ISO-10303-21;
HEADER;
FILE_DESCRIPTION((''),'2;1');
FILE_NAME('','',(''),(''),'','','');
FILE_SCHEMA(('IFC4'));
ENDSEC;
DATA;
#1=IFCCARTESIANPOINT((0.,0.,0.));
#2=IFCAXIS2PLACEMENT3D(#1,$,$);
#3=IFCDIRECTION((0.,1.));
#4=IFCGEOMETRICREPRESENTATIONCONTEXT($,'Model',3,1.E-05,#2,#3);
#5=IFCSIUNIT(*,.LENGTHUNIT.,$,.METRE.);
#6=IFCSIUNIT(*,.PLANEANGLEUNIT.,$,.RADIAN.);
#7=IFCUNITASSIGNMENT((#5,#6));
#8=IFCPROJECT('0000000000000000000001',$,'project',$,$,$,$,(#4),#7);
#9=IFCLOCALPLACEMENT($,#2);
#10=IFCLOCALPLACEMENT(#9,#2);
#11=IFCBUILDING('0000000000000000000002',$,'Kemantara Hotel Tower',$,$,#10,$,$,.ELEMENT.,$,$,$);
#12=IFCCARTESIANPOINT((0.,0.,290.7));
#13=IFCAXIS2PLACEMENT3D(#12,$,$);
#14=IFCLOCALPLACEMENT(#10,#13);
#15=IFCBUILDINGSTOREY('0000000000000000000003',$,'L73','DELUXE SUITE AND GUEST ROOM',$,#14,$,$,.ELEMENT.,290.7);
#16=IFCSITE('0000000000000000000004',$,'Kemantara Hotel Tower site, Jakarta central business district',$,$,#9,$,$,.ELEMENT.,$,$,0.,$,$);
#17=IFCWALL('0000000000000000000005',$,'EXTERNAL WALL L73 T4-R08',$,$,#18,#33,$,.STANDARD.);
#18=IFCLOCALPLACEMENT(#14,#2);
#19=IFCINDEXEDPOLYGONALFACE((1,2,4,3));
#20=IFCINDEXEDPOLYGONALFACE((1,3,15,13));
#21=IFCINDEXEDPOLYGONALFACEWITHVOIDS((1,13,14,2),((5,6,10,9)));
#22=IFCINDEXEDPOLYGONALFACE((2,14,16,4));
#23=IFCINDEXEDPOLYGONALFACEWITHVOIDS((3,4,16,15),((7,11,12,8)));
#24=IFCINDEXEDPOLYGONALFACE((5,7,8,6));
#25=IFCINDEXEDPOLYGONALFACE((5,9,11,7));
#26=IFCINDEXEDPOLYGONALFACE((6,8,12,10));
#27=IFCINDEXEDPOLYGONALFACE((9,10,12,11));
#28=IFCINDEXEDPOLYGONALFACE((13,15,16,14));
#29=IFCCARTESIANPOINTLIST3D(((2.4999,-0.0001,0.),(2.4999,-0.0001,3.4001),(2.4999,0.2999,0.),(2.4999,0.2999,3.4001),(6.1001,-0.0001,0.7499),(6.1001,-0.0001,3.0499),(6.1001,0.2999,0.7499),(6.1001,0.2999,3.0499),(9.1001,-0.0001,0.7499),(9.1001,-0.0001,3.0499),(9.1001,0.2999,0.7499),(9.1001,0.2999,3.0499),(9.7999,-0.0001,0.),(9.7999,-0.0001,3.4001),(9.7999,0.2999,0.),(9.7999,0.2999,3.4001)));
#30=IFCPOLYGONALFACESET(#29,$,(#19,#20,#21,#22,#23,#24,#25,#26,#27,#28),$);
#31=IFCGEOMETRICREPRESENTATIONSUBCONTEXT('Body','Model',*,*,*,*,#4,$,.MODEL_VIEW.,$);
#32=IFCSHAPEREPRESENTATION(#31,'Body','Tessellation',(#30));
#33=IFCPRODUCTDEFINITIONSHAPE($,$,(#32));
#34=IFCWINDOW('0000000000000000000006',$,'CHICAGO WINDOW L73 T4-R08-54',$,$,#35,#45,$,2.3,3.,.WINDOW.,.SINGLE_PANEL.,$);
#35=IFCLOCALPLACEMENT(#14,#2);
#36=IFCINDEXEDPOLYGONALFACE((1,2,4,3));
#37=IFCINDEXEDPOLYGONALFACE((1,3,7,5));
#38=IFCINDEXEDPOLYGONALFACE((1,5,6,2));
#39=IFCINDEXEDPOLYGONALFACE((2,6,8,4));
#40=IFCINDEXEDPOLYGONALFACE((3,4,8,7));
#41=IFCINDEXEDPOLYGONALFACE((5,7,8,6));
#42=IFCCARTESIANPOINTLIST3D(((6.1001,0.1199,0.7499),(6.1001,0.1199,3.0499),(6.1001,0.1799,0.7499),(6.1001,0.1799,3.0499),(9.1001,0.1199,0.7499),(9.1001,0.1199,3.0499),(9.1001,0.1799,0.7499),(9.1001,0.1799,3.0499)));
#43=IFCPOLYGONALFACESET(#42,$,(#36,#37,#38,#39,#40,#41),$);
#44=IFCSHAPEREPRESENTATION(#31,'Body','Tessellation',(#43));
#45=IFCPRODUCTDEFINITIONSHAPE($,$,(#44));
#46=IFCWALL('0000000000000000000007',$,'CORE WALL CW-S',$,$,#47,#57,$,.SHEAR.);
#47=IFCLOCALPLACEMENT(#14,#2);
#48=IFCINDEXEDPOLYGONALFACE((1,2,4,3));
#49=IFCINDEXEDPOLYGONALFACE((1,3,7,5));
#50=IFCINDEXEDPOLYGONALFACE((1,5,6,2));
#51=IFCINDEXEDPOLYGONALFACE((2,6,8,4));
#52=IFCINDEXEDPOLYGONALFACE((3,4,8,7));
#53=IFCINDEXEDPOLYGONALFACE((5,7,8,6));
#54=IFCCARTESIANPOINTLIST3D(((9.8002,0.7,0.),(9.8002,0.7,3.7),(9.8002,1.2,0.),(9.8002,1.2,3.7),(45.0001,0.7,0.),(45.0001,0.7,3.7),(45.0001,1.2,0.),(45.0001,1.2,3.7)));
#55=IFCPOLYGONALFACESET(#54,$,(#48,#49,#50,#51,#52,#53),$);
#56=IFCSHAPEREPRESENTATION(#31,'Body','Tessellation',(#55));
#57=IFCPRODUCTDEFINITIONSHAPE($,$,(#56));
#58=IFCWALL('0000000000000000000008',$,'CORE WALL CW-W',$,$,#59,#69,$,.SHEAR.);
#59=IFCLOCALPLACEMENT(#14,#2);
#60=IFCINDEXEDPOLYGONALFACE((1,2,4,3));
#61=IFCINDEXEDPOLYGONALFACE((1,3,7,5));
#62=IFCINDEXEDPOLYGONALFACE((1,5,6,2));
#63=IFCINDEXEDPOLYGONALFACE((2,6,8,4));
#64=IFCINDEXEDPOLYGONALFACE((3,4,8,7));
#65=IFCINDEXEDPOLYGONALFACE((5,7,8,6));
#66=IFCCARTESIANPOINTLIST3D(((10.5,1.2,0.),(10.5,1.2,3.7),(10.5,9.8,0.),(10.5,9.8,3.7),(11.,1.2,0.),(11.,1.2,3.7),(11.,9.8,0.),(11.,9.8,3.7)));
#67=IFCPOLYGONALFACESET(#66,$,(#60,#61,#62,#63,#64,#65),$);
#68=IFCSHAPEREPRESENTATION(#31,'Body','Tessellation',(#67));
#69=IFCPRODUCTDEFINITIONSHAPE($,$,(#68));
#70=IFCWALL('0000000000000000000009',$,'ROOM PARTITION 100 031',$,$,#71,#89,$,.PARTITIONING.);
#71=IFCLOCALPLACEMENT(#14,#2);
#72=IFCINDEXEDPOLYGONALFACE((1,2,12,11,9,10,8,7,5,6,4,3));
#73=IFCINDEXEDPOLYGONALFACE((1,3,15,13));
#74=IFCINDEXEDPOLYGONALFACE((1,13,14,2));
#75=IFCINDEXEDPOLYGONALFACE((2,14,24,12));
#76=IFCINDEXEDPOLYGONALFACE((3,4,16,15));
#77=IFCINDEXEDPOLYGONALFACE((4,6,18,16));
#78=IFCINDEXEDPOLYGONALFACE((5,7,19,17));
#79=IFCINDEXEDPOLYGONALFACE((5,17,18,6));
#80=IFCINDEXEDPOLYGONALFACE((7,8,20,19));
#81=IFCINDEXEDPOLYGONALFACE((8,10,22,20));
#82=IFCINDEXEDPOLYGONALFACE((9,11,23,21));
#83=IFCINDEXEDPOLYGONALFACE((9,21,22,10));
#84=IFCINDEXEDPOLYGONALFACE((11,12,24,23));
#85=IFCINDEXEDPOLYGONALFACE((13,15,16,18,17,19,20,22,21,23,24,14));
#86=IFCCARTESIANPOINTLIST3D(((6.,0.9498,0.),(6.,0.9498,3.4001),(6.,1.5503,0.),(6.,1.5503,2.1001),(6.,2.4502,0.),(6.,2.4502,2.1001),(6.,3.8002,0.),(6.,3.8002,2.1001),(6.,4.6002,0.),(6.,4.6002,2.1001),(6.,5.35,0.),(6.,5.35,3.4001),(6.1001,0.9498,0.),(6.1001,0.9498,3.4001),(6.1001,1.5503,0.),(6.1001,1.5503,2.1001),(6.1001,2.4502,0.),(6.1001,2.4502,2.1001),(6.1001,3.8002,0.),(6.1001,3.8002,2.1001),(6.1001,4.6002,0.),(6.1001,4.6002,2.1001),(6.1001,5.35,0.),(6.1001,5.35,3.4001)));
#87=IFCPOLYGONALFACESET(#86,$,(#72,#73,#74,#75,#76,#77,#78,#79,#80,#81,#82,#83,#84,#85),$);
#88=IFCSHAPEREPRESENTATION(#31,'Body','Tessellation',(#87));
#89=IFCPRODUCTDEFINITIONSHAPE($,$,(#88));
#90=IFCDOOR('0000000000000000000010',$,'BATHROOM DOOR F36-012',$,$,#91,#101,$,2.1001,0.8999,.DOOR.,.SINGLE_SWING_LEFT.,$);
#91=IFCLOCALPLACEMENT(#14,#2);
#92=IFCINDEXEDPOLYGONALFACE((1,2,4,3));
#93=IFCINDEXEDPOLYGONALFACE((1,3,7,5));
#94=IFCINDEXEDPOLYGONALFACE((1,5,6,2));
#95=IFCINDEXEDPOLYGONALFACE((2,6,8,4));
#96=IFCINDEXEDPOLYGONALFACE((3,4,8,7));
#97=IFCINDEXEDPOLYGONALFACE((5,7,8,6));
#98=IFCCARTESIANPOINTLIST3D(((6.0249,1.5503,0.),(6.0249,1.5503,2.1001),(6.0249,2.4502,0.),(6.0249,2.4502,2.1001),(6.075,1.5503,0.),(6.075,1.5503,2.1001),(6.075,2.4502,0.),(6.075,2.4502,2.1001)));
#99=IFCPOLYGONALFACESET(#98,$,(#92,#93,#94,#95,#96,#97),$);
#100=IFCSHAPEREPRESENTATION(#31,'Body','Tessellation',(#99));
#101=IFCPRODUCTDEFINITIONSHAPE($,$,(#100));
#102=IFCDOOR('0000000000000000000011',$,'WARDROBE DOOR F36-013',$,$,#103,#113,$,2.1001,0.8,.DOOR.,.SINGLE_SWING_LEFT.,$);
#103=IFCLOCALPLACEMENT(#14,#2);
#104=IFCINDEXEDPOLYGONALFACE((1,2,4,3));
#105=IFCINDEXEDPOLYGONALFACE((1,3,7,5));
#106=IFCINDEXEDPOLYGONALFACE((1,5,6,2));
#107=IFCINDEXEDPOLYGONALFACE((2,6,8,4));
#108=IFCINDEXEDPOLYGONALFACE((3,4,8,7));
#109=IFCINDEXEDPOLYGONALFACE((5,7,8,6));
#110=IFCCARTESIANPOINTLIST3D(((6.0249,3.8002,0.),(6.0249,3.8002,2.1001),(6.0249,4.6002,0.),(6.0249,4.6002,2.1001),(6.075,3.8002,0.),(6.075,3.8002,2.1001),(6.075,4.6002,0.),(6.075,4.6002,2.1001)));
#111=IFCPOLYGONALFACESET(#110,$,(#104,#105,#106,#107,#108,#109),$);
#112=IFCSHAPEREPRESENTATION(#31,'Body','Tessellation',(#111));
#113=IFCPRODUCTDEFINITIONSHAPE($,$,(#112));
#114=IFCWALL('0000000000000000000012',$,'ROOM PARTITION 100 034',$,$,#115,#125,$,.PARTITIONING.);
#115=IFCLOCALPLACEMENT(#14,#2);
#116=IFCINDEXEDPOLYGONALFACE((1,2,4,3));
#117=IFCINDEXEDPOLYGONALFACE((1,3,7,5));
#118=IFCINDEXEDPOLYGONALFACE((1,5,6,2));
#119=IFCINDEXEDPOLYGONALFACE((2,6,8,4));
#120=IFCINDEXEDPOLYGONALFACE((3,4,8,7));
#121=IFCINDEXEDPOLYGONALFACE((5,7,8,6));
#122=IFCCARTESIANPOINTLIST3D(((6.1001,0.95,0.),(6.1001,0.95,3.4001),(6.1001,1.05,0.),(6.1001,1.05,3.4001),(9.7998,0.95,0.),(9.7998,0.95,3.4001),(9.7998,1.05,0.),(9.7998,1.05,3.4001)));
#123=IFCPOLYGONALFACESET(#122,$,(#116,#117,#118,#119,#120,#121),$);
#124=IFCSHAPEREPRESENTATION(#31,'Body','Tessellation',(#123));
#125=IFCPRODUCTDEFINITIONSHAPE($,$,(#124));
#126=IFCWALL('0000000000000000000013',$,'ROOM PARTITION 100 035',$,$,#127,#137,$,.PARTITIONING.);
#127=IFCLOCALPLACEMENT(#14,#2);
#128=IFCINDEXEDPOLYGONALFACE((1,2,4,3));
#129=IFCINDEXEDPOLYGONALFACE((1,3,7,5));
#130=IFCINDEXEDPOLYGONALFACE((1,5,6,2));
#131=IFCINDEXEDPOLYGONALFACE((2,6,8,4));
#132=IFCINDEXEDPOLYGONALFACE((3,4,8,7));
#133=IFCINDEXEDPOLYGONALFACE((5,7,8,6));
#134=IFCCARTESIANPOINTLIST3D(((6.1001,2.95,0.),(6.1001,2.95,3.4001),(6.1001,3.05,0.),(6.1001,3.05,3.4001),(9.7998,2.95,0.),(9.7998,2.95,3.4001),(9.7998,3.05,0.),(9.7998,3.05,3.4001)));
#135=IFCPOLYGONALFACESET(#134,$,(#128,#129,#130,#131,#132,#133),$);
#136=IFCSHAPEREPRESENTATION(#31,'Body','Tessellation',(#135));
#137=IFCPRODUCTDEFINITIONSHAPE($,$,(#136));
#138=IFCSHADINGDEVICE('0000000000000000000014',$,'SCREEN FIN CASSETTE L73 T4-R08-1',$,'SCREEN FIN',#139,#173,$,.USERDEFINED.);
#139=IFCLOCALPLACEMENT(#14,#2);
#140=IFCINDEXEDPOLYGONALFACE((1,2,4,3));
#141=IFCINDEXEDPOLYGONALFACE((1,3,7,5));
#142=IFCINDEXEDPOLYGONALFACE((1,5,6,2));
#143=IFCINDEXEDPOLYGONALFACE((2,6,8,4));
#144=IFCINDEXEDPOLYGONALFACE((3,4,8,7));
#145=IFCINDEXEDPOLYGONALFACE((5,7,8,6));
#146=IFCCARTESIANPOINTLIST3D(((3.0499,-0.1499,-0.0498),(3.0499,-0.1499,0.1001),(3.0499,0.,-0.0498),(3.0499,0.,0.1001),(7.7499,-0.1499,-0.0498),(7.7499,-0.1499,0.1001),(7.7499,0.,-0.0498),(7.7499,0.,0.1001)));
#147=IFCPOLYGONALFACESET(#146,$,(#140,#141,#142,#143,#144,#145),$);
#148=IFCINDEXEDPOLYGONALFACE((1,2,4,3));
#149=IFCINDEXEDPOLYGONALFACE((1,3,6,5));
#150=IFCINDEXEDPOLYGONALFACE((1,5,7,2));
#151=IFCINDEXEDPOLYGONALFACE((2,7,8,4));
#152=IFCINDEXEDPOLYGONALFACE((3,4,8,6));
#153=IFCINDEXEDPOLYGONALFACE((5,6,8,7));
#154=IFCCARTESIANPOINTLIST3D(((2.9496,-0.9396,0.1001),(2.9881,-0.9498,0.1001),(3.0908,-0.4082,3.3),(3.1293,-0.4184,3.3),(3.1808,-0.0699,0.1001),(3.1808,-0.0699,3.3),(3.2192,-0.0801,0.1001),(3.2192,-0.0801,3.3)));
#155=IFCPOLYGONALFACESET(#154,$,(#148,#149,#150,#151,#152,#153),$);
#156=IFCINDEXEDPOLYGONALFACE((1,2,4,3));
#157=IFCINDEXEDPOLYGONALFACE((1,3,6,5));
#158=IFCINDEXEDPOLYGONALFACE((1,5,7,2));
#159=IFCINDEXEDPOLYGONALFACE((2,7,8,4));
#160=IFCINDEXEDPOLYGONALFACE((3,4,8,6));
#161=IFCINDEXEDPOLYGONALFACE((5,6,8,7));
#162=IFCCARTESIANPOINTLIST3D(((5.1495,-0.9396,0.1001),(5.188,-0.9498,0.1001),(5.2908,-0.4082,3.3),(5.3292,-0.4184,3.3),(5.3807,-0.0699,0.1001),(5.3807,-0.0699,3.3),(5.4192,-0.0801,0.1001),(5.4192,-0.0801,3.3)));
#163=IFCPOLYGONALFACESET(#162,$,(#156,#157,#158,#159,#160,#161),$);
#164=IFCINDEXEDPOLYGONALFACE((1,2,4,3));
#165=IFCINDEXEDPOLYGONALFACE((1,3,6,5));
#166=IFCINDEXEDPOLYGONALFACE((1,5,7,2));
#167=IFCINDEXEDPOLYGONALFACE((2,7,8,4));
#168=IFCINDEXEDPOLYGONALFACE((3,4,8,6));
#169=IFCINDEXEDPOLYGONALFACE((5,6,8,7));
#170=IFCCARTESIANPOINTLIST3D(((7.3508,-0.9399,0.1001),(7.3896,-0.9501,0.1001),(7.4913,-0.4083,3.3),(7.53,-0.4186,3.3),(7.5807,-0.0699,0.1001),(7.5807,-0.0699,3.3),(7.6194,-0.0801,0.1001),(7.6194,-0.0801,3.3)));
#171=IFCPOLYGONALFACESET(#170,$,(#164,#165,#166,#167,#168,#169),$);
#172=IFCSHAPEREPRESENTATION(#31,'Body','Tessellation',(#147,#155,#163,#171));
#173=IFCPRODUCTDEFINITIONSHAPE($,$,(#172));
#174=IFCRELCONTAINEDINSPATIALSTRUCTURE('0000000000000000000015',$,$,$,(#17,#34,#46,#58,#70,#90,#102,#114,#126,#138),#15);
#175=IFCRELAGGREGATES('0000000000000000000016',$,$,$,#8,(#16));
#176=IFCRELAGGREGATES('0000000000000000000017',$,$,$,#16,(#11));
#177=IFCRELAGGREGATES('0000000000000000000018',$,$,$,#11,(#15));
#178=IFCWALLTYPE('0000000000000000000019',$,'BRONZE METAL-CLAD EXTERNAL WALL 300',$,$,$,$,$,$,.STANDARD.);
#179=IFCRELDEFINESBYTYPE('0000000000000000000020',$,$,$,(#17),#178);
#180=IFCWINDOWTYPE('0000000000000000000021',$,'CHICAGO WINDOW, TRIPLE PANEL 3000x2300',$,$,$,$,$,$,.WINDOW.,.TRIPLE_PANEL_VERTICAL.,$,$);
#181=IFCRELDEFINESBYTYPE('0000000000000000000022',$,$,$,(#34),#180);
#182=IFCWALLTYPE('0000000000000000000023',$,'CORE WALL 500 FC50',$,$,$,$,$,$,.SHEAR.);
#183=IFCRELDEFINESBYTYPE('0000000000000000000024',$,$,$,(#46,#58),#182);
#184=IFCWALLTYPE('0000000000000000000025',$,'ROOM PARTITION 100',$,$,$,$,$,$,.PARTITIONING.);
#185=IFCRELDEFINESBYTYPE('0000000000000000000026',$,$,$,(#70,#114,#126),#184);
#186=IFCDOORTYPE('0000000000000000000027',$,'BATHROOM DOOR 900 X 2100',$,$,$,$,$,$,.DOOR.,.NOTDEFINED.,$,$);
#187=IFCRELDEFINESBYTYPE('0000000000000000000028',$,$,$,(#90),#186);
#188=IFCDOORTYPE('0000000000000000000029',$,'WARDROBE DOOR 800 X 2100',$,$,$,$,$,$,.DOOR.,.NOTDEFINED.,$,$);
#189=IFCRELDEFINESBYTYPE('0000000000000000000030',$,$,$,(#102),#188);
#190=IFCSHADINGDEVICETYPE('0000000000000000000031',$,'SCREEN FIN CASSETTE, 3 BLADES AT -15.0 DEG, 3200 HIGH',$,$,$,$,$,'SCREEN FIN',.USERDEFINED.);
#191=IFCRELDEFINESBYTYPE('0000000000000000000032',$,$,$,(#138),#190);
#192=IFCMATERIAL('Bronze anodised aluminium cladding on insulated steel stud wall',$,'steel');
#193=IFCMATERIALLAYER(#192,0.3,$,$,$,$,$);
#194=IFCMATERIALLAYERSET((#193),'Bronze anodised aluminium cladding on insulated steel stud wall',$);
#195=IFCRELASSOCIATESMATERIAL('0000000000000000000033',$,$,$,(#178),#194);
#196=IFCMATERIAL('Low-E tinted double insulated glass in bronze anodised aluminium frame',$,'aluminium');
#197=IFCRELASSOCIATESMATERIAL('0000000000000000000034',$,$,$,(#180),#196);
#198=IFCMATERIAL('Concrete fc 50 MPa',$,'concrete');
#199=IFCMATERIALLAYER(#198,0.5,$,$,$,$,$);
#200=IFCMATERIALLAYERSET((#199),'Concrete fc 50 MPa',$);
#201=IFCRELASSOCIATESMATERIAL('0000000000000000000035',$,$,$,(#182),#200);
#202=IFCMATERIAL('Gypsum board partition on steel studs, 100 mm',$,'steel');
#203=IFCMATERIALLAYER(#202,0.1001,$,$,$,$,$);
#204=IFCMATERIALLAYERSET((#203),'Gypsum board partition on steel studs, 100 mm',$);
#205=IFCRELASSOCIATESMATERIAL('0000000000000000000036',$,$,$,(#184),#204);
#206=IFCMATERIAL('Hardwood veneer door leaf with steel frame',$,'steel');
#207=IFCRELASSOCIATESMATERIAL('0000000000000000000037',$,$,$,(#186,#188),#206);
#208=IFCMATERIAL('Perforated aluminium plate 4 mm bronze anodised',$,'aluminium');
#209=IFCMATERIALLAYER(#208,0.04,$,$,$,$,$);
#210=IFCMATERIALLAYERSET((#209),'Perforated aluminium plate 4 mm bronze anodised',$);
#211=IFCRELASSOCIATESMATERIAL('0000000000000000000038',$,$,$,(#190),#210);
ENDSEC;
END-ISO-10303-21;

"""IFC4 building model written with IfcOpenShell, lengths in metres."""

from ifc_helpers import new_model, si_unit, direction, frame, frame_2d, origin, origin_2d, place, context, subcontext, project, spatial, polyline, rectangle, outline, extrude, source, transform, mapped, material, layer, layer_set, type_object, element, fill, save


model = new_model("IFC4")

# Units and contexts
model_context = context("Model", 3, precision=1e-05, world=origin(), true_north=direction((0.0, 1.0)))
body_context = subcontext(model_context, "Body", "Model", "MODEL_VIEW")
ifc_project = project(units=[si_unit("LENGTHUNIT", "METRE"), si_unit("PLANEANGLEUNIT", "RADIAN")], contexts=[model_context])

# Site, building, storey
site_placement = place(None, origin())
site = spatial("IfcSite", under=ifc_project, at=site_placement, Name="Kemantara Hotel Tower site, Jakarta central business district", CompositionType="ELEMENT", RefElevation=0.0)
building_placement = place(site_placement, origin())
building = spatial("IfcBuilding", under=site, at=building_placement, Name="Kemantara Hotel Tower", CompositionType="ELEMENT")
storey_placement = place(building_placement, frame((0.0, 0.0, 290.7)))
storey = spatial("IfcBuildingStorey", under=building, at=storey_placement, Name="L73", Description="DELUXE SUITE AND GUEST ROOM", CompositionType="ELEMENT", Elevation=290.7)

# Shared definitions
ifc_material_1 = material(Name="Concrete fc 50 MPa", Category="concrete")

# Shared definitions
ifc_material_2 = material(Name="Bronze anodised aluminium cladding on insulated steel stud wall", Category="steel")
ifc_layer_1 = layer(ifc_material_2, 0.3)
ifc_layer_set_1 = layer_set([ifc_layer_1], Name="Bronze anodised aluminium cladding on insulated steel stud wall")
wall_type_1 = type_object("IfcWallType", Name="BRONZE METAL-CLAD EXTERNAL WALL 300", PredefinedType="STANDARD", material=ifc_layer_set_1)

# Wall, opening, window
wall_1_placement = place(storey_placement, frame((2.5, 0.1499, 0.0), z_axis=(0.0, 0.0, 1.0), x_axis=(1.0, 0.0, 0.0)))
wall_1 = element("IfcWall", 1, at=wall_1_placement, inside=storey, type_object=wall_type_1, Name="EXTERNAL WALL L73 T4-R08", PredefinedType="STANDARD", context=body_context, shape_type="SweptSolid", body=[
    extrude(rectangle(XDim=7.3, YDim=0.3, at=frame_2d((3.6499, 0.0))), origin(), (0.0, 0.0, 1.0), 3.4001),
])
opening_1_placement = place(wall_1_placement, frame((3.6001, 0.0, 0.75)))
opening_1 = element("IfcOpeningElement", 2, at=opening_1_placement, cuts=wall_1, PredefinedType="OPENING", context=body_context, shape_type="SweptSolid", body=[
    extrude(rectangle(XDim=3.0, YDim=2.3, at=frame_2d((1.5, 1.1499))), frame((0.0, 0.1599, 0.0), z_axis=(0.0, -1.0, 0.0), x_axis=(1.0, 0.0, 0.0)), (0.0, 0.0, 1.0), 0.3201),
])
ifc_material_3 = material(Name="Low-E tinted double insulated glass in bronze anodised aluminium frame", Category="aluminium")
window_type = type_object("IfcWindowType", Name="CHICAGO WINDOW, TRIPLE PANEL 3000x2300", PartitioningType="TRIPLE_PANEL_VERTICAL", PredefinedType="WINDOW", material=ifc_material_3)
window_placement = place(opening_1_placement, origin())
window = element("IfcWindow", 3, at=window_placement, inside=storey, type_object=window_type, Name="CHICAGO WINDOW L73 T4-R08-54", OverallHeight=2.3, OverallWidth=3.0, PartitioningType="SINGLE_PANEL", PredefinedType="WINDOW", context=body_context, shape_type="SweptSolid", body=[
    extrude(rectangle(XDim=3.0, YDim=2.3, at=frame_2d((1.5, 1.1499))), frame((0.0, 0.03, 0.0), z_axis=(0.0, -1.0, 0.0), x_axis=(1.0, 0.0, 0.0)), (0.0, 0.0, 1.0), 0.0601),
])
fill(opening_1, window)

# Walls
ifc_layer_2 = layer(ifc_material_1, 0.5)
ifc_layer_set_2 = layer_set([ifc_layer_2], Name="Concrete fc 50 MPa")
wall_type_2 = type_object("IfcWallType", Name="CORE WALL 500 FC50", PredefinedType="SHEAR", material=ifc_layer_set_2)
wall_2_placement = place(storey_placement, frame((9.8, 0.95, 0.0), z_axis=(0.0, 0.0, 1.0), x_axis=(1.0, 0.0, 0.0)))
element("IfcWall", 4, at=wall_2_placement, inside=storey, type_object=wall_type_2, Name="CORE WALL CW-S", PredefinedType="SHEAR", context=body_context, shape_type="SweptSolid", body=[
    extrude(rectangle(XDim=35.2, YDim=0.5, at=frame_2d((17.6001, 0.0))), origin(), (0.0, 0.0, 1.0), 3.7),
])
wall_3_placement = place(storey_placement, frame((10.75, 1.2, 0.0), z_axis=(0.0, 0.0, 1.0), x_axis=(0.0, 1.0, 0.0)))
element("IfcWall", 5, at=wall_3_placement, inside=storey, type_object=wall_type_2, Name="CORE WALL CW-W", PredefinedType="SHEAR", context=body_context, shape_type="SweptSolid", body=[
    extrude(rectangle(XDim=8.6001, YDim=0.5, at=frame_2d((4.3, 0.0))), origin(), (0.0, 0.0, 1.0), 3.7),
])

# Wall, openings, doors
ifc_material_4 = material(Name="Gypsum board partition on steel studs, 100 mm", Category="steel")
ifc_layer_3 = layer(ifc_material_4, 0.1001)
ifc_layer_set_3 = layer_set([ifc_layer_3], Name="Gypsum board partition on steel studs, 100 mm")
wall_type_3 = type_object("IfcWallType", Name="ROOM PARTITION 100", PredefinedType="PARTITIONING", material=ifc_layer_set_3)
wall_4_placement = place(storey_placement, frame((6.05, 5.3501, 0.0), z_axis=(0.0, 0.0, 1.0), x_axis=(0.0, -1.0, 0.0)))
wall_4 = element("IfcWall", 6, at=wall_4_placement, inside=storey, type_object=wall_type_3, Name="ROOM PARTITION 100 031", PredefinedType="PARTITIONING", context=body_context, shape_type="SweptSolid", body=[
    extrude(rectangle(XDim=4.4001, YDim=0.1001, at=frame_2d((2.2002, 0.0))), origin(), (0.0, 0.0, 1.0), 3.4001),
])
opening_2_placement = place(wall_4_placement, frame((2.8999, 0.0, 0.0)))
opening_2 = element("IfcOpeningElement", 7, at=opening_2_placement, cuts=wall_4, PredefinedType="OPENING", context=body_context, shape_type="SweptSolid", body=[
    extrude(rectangle(XDim=0.8999, YDim=2.1001, at=frame_2d((0.45, 1.05))), frame((0.0, 0.0601, 0.0), z_axis=(0.0, -1.0, 0.0), x_axis=(1.0, 0.0, 0.0)), (0.0, 0.0, 1.0), 0.1201),
])
opening_3_placement = place(wall_4_placement, frame((0.75, 0.0, 0.0)))
opening_3 = element("IfcOpeningElement", 8, at=opening_3_placement, cuts=wall_4, PredefinedType="OPENING", context=body_context, shape_type="SweptSolid", body=[
    extrude(rectangle(XDim=0.8, YDim=2.1001, at=frame_2d((0.3999, 1.05))), frame((0.0, 0.0601, 0.0), z_axis=(0.0, -1.0, 0.0), x_axis=(1.0, 0.0, 0.0)), (0.0, 0.0, 1.0), 0.1201),
])
ifc_material_5 = material(Name="Hardwood veneer door leaf with steel frame", Category="steel")
door_type_1 = type_object("IfcDoorType", Name="BATHROOM DOOR 900 X 2100", OperationType="NOTDEFINED", PredefinedType="DOOR", material=ifc_material_5)
door_1_placement = place(opening_2_placement, origin())
door_1 = element("IfcDoor", 9, at=door_1_placement, inside=storey, type_object=door_type_1, Name="BATHROOM DOOR F36-012", OperationType="SINGLE_SWING_LEFT", OverallHeight=2.1001, OverallWidth=0.8999, PredefinedType="DOOR", context=body_context, shape_type="SweptSolid", body=[
    extrude(rectangle(XDim=0.8999, YDim=2.1001, at=frame_2d((0.45, 1.05))), frame((0.0, 0.0249, 0.0), z_axis=(0.0, -1.0, 0.0), x_axis=(1.0, 0.0, 0.0)), (0.0, 0.0, 1.0), 0.05),
])
fill(opening_2, door_1)
door_type_2 = type_object("IfcDoorType", Name="WARDROBE DOOR 800 X 2100", OperationType="NOTDEFINED", PredefinedType="DOOR", material=ifc_material_5)
door_2_placement = place(opening_3_placement, origin())
door_2 = element("IfcDoor", 10, at=door_2_placement, inside=storey, type_object=door_type_2, Name="WARDROBE DOOR F36-013", OperationType="SINGLE_SWING_LEFT", OverallHeight=2.1001, OverallWidth=0.8, PredefinedType="DOOR", context=body_context, shape_type="SweptSolid", body=[
    extrude(rectangle(XDim=0.8, YDim=2.1001, at=frame_2d((0.3999, 1.05))), frame((0.0, 0.0249, 0.0), z_axis=(0.0, -1.0, 0.0), x_axis=(1.0, 0.0, 0.0)), (0.0, 0.0, 1.0), 0.05),
])
fill(opening_3, door_2)

# Walls
for number, where, z_axis, x_axis, name in (
    (11, (6.1001, 1.0, 0.0), (0.0, 0.0, 1.0), (1.0, 0.0, 0.0), "ROOM PARTITION 100 034"),
    (12, (6.1001, 3.0, 0.0), (0.0, 0.0, 1.0), (1.0, 0.0, 0.0), "ROOM PARTITION 100 035"),
):
    element("IfcWall", number, at=place(storey_placement, frame(where, z_axis=z_axis, x_axis=x_axis)), inside=storey, type_object=wall_type_3, Name=name, PredefinedType="PARTITIONING", context=body_context, shape_type="SweptSolid", body=[
        extrude(rectangle(XDim=3.6997, YDim=0.1001, at=frame_2d((1.8499, 0.0))), origin(), (0.0, 0.0, 1.0), 3.4001),
    ])

# Shading device
ifc_material_6 = material(Name="Perforated aluminium plate 4 mm bronze anodised", Category="aluminium")
ifc_layer_4 = layer(ifc_material_6, 0.04)
ifc_layer_set_4 = layer_set([ifc_layer_4], Name="Perforated aluminium plate 4 mm bronze anodised")
shading_device_type_1 = type_object("IfcShadingDeviceType", Name="SCREEN FIN CASSETTE, 3 BLADES AT -15.0 DEG, 3200 HIGH", ElementType="SCREEN FIN", PredefinedType="USERDEFINED", material=ifc_layer_set_4)
shared_shape_1 = source(origin(), body_context, "Body", "SweptSolid", [
    extrude(rectangle(XDim=4.7, YDim=0.1499, at=origin_2d()), frame((2.2, -0.075, -0.1499), z_axis=(0.0, 0.0, 1.0), x_axis=(1.0, 0.0, 0.0)), (0.0, 0.0, 1.0), 0.1499),
    extrude(outline(polyline([(0.0, 0.0), (0.8999, 0.0), (0.3501, 3.2), (0.0, 3.2), (0.0, 0.0)])), frame((0.0193, -0.0801, 0.0), z_axis=(-0.966438, 0.256901, 0.0), x_axis=(-0.256901, -0.966438, 0.0)), (0.0, 0.0, 1.0), 0.0398),
    extrude(outline(polyline([(0.0, 0.0), (0.8999, 0.0), (0.3501, 3.2), (0.0, 3.2), (0.0, 0.0)])), frame((2.2192, -0.0801, 0.0), z_axis=(-0.966438, 0.256901, 0.0), x_axis=(-0.256901, -0.966438, 0.0)), (0.0, 0.0, 1.0), 0.0398),
    extrude(outline(polyline([(0.0, 0.0), (0.8999, 0.0), (0.3501, 3.2), (0.0, 3.2), (0.0, 0.0)])), frame((4.4194, -0.0801, 0.0), z_axis=(-0.966838, 0.255391, 0.0), x_axis=(-0.255391, -0.966838, 0.0)), (0.0, 0.0, 1.0), 0.04),
])
shading_device_1_placement = place(storey_placement, frame((3.2, 0.0, 0.1001), z_axis=(0.0, 0.0, 1.0), x_axis=(1.0, 0.0, 0.0)))
element("IfcShadingDevice", 13, at=shading_device_1_placement, inside=storey, type_object=shading_device_type_1, Name="SCREEN FIN CASSETTE L73 T4-R08-1", ObjectType="SCREEN FIN", PredefinedType="USERDEFINED", context=body_context, shape_type="MappedRepresentation", body=[
    mapped(shared_shape_1, transform((0.0, 0.0, 0.0))),
])

save(model, "model.ifc")
